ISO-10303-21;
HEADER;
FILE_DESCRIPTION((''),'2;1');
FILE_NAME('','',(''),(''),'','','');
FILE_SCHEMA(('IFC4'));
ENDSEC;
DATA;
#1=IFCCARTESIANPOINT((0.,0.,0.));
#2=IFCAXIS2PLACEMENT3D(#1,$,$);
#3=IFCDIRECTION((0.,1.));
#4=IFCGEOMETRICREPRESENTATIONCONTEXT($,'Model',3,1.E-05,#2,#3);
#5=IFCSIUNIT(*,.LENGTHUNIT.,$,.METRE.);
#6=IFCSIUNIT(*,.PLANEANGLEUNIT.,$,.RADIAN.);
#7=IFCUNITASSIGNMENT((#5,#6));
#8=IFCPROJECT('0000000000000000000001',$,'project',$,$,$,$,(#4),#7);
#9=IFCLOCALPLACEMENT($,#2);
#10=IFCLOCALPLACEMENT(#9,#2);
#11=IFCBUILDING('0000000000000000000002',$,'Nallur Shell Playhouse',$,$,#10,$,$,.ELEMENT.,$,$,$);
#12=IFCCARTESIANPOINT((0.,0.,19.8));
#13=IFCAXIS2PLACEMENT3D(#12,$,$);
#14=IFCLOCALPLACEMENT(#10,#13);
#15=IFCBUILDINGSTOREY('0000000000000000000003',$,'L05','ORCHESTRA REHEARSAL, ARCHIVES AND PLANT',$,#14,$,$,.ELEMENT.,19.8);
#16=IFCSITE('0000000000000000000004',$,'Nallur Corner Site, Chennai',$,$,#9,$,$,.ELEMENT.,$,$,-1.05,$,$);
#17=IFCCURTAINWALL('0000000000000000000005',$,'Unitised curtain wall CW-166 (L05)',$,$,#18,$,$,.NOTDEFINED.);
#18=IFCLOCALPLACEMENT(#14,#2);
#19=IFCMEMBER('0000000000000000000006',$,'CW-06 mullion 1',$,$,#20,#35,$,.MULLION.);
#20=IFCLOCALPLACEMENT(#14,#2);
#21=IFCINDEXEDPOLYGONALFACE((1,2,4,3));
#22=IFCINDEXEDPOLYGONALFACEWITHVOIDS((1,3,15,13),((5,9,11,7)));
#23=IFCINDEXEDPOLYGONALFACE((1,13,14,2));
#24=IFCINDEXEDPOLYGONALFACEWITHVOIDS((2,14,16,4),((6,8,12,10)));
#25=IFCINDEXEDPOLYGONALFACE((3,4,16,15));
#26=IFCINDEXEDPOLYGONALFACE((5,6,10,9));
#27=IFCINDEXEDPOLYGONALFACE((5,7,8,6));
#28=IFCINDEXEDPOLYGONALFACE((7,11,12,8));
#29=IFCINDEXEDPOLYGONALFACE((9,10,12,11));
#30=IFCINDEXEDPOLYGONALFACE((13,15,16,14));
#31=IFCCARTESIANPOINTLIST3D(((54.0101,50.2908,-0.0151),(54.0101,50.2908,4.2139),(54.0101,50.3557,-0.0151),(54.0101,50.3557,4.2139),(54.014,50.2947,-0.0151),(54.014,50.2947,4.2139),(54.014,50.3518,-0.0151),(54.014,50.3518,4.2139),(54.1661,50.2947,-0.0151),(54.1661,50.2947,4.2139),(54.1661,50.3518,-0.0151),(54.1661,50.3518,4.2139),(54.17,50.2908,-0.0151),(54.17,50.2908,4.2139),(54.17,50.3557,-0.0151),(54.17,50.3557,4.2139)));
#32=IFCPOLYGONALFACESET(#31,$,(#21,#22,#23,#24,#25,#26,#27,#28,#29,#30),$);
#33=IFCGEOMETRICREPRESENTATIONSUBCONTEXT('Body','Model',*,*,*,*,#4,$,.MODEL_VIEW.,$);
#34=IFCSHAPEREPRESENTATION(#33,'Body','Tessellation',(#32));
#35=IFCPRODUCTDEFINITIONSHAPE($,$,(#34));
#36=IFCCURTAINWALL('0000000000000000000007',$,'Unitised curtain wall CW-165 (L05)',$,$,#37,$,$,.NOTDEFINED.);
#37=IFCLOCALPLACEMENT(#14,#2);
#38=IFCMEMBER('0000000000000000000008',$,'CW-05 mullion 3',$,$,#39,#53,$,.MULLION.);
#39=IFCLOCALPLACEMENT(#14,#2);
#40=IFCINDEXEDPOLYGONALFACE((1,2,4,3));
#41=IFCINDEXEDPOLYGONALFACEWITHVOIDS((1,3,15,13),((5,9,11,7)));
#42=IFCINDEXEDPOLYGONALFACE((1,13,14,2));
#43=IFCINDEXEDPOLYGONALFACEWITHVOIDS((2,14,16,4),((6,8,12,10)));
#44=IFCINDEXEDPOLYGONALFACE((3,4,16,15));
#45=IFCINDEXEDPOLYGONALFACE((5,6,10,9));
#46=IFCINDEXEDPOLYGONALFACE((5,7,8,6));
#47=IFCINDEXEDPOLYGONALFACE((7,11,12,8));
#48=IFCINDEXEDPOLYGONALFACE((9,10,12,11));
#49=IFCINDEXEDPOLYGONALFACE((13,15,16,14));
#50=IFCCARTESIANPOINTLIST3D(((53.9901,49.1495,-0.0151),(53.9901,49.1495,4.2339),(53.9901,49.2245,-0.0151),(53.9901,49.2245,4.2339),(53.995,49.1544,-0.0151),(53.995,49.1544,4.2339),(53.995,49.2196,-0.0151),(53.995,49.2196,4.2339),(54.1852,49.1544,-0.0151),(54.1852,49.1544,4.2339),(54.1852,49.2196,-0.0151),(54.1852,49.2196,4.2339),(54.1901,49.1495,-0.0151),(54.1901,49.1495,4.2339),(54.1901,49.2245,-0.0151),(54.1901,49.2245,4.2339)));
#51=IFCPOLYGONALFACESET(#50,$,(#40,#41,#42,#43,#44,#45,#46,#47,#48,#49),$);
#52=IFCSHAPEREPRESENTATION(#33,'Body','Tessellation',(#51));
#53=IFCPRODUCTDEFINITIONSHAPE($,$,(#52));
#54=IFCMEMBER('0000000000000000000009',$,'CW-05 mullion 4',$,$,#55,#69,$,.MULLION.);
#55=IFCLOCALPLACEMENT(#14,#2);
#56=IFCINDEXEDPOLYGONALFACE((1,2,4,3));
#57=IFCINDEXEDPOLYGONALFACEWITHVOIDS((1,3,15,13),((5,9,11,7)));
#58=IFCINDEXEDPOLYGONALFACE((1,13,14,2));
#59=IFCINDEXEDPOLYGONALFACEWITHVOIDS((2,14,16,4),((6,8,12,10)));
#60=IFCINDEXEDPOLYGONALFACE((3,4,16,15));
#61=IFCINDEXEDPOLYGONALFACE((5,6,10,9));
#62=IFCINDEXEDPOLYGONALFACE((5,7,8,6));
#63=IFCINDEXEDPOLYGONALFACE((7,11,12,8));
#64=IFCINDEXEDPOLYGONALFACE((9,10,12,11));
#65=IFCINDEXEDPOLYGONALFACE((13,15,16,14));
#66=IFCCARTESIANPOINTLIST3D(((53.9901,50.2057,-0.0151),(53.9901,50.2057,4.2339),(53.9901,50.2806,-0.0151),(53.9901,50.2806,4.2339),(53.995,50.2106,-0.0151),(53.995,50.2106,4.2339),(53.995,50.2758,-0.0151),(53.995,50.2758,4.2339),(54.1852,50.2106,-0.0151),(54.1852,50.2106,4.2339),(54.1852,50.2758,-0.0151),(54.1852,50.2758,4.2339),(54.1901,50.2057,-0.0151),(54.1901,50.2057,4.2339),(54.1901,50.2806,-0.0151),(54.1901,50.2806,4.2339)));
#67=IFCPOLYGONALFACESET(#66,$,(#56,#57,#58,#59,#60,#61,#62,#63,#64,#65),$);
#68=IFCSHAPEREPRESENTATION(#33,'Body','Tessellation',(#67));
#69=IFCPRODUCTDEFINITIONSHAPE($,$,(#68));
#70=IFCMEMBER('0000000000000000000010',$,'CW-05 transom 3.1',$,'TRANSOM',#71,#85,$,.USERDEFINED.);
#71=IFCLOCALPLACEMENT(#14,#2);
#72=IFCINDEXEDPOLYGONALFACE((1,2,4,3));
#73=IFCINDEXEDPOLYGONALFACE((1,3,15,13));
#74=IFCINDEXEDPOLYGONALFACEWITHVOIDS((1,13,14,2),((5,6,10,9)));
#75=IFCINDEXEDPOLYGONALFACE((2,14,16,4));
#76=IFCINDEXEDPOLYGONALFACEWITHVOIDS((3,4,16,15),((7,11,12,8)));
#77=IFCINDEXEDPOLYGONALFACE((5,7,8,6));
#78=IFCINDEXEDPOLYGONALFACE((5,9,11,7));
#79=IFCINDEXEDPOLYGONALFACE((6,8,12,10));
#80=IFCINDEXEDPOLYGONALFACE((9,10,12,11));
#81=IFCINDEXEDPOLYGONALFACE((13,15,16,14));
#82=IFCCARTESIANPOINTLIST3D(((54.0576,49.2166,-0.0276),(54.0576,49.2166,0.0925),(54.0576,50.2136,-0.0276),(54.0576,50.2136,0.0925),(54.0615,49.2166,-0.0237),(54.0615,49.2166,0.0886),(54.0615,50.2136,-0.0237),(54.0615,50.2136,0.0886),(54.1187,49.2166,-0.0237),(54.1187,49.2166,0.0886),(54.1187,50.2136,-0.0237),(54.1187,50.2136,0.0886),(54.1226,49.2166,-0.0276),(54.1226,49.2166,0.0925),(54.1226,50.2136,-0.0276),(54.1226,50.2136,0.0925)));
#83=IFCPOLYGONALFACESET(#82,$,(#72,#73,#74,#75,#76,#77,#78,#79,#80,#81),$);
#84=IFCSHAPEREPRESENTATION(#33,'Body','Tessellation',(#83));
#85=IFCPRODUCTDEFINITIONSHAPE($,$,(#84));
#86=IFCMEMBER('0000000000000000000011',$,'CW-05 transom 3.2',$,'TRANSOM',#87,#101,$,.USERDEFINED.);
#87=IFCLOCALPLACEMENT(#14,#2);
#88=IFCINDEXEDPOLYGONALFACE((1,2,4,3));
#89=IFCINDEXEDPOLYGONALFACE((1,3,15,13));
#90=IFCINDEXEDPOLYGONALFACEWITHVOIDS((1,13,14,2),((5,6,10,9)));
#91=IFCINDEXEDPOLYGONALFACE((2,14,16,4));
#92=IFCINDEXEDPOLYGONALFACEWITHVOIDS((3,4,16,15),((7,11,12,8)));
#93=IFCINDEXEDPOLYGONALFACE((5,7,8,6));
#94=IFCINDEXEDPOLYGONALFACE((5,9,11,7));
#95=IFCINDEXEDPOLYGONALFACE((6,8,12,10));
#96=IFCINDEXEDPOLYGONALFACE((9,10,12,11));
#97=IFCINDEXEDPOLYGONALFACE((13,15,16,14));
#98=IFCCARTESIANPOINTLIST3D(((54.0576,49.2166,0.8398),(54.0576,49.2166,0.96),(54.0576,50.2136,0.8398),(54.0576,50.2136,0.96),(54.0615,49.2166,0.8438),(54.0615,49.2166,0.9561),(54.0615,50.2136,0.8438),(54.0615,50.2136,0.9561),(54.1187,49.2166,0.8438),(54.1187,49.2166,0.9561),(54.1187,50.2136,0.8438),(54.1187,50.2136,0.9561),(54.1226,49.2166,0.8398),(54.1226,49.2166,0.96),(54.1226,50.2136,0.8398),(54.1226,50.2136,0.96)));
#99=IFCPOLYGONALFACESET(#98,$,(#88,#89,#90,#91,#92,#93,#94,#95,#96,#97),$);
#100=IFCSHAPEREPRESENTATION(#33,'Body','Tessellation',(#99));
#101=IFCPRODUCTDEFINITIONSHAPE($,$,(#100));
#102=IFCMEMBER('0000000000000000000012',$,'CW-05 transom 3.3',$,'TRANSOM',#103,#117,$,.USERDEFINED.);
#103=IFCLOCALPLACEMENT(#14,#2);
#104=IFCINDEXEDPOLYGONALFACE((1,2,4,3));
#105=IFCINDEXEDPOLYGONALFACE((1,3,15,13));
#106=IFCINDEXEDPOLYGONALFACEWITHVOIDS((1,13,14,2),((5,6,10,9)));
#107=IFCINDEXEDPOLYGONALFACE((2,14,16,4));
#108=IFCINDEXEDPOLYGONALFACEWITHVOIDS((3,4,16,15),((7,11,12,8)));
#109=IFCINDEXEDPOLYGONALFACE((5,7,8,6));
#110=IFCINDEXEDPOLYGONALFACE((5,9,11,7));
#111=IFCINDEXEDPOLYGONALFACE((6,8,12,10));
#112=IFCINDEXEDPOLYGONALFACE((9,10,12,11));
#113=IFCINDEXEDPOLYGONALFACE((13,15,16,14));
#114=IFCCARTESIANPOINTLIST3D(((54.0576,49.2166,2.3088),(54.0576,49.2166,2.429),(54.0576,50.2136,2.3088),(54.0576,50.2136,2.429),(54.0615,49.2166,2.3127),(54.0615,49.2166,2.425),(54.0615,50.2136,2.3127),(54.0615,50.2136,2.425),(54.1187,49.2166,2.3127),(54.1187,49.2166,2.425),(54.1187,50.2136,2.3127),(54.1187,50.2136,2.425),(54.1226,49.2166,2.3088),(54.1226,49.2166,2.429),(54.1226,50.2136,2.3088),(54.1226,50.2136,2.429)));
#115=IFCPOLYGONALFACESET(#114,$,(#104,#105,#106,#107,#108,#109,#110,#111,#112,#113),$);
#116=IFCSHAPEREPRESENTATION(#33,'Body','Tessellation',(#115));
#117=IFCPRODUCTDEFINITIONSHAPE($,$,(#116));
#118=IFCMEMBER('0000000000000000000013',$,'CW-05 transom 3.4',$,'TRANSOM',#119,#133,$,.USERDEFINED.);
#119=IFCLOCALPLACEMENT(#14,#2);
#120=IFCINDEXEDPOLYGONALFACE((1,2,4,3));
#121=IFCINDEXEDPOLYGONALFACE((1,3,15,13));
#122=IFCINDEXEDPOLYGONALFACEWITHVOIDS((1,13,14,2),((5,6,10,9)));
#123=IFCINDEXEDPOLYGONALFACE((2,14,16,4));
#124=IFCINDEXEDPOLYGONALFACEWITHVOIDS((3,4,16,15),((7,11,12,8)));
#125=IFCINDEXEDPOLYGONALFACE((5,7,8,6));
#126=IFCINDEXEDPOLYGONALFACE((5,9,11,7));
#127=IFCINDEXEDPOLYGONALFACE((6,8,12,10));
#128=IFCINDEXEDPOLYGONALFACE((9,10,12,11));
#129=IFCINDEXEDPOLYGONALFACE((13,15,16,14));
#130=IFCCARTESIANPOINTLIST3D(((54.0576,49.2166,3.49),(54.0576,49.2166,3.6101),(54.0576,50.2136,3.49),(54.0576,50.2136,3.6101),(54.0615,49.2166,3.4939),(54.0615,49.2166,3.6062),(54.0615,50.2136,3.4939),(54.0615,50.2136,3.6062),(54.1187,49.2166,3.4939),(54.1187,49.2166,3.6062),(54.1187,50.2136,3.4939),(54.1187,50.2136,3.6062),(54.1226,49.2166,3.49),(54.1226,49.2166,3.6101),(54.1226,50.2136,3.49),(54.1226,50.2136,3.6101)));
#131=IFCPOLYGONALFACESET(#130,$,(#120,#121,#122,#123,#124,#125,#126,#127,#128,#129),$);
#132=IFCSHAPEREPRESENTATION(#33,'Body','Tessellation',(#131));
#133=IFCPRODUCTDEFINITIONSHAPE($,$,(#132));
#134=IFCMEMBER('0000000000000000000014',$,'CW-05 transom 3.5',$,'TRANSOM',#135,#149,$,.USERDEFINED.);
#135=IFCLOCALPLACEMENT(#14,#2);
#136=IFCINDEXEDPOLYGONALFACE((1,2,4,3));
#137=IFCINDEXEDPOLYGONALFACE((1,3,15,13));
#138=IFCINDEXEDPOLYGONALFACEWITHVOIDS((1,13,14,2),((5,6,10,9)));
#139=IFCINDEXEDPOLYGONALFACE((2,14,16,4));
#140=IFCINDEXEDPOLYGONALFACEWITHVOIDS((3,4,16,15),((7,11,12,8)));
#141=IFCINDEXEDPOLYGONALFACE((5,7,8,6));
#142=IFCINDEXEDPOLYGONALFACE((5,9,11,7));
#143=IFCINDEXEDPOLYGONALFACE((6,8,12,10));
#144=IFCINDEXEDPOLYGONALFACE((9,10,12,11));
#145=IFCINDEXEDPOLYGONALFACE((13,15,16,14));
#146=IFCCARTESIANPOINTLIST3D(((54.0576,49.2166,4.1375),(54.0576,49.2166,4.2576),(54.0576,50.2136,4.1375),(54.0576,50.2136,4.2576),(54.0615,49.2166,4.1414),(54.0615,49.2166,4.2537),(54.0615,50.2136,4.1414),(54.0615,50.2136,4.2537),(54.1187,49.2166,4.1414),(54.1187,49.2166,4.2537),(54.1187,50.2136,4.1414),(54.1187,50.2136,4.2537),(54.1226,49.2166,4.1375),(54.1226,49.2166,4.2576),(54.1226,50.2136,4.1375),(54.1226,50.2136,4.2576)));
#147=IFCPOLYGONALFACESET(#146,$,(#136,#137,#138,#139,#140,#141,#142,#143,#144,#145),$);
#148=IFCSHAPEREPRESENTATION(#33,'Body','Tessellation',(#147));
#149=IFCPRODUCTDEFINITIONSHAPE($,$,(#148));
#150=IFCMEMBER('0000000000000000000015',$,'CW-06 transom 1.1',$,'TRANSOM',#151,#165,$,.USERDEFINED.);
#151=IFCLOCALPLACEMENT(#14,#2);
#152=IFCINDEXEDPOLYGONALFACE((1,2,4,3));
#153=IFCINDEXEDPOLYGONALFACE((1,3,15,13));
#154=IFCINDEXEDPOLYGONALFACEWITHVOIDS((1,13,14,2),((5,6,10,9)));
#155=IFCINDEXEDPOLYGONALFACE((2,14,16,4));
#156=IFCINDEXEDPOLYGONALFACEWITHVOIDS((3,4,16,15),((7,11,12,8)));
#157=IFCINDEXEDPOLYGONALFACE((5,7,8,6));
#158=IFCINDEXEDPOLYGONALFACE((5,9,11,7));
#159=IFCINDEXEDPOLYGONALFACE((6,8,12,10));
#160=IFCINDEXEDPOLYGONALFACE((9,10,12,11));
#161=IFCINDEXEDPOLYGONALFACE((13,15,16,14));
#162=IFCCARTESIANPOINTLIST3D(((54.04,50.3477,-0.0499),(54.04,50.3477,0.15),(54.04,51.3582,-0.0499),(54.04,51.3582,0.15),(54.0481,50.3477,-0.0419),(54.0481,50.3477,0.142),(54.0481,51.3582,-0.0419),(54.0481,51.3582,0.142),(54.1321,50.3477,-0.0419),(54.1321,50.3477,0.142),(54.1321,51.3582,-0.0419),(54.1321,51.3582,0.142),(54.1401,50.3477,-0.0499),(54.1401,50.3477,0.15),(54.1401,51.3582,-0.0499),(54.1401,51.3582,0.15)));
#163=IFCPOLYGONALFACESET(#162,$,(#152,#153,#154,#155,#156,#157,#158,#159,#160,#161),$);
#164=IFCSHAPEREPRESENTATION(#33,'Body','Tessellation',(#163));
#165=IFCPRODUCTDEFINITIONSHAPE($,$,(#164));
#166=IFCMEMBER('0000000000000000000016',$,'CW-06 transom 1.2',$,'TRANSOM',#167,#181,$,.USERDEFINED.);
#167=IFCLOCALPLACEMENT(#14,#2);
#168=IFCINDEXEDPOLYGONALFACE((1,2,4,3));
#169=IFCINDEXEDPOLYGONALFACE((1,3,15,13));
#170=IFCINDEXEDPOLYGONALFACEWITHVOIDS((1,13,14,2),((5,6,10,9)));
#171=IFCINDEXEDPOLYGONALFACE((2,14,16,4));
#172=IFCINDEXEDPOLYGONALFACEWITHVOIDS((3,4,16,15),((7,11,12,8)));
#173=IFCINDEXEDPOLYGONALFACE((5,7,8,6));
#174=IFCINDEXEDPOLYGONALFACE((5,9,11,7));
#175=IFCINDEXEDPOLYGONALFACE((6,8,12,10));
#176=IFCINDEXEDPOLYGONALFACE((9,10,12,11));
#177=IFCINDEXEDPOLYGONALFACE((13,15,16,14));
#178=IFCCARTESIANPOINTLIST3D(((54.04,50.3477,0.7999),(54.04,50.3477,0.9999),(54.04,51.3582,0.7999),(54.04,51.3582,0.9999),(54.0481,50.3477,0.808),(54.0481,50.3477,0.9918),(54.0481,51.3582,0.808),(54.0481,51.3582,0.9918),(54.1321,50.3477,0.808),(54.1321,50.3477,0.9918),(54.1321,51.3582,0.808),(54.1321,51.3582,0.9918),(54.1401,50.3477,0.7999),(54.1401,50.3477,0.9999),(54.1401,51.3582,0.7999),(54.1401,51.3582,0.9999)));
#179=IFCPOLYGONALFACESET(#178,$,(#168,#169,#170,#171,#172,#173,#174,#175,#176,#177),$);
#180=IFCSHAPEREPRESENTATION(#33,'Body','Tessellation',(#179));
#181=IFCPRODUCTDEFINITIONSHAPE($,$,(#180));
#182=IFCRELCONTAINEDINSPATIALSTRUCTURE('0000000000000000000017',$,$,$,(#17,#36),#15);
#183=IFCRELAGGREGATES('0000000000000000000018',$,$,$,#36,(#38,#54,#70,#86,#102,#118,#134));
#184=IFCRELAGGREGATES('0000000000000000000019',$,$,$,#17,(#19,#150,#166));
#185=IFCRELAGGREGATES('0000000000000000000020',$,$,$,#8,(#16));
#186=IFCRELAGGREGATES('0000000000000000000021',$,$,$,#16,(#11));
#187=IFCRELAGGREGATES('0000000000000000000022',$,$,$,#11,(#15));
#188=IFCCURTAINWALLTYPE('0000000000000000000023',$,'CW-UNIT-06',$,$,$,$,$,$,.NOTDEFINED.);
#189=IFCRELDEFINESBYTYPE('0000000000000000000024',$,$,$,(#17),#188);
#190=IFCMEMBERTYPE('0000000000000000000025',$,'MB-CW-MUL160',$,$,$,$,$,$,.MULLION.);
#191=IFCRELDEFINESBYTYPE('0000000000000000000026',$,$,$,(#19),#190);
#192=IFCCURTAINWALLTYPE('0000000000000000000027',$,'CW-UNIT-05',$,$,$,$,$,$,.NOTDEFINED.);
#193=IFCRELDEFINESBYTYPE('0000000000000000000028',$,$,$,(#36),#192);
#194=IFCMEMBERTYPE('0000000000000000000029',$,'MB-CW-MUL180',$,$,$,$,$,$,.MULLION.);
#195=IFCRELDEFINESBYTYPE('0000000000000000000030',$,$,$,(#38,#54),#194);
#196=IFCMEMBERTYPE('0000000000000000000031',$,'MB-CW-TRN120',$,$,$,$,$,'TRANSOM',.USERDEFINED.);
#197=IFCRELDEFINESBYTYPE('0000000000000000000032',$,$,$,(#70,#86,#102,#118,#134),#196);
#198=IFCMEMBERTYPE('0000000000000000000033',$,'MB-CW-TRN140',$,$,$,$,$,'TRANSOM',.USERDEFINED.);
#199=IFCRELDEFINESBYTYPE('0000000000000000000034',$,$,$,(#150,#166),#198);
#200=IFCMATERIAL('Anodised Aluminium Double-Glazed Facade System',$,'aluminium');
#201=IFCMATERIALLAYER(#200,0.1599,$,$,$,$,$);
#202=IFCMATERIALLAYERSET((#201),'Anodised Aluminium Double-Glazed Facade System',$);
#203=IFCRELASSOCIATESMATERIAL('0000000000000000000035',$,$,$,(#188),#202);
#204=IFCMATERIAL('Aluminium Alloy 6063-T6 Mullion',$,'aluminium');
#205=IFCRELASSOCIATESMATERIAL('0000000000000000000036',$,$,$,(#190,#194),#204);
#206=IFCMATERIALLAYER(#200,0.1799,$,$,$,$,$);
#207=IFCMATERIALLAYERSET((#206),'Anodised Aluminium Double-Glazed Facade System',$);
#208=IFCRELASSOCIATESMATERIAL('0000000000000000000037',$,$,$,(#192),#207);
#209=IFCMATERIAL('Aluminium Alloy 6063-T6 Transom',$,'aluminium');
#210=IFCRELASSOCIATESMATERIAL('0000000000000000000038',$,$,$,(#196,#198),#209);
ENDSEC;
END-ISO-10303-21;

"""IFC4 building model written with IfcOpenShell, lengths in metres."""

from ifc_helpers import new_model, si_unit, direction, frame, origin, origin_2d, place, context, subcontext, project, spatial, hollow_rectangle, extrude, material, layer, layer_set, material_profile, profile_set, type_object, element, aggregate, save


model = new_model("IFC4")

# Units and contexts
model_context = context("Model", 3, precision=1e-05, world=origin(), true_north=direction((0.0, 1.0)))
body_context = subcontext(model_context, "Body", "Model", "MODEL_VIEW")
ifc_project = project(units=[si_unit("LENGTHUNIT", "METRE"), si_unit("PLANEANGLEUNIT", "RADIAN")], contexts=[model_context])

# Site, building, storey
site_placement = place(None, origin())
site = spatial("IfcSite", under=ifc_project, at=site_placement, Name="Nallur Corner Site, Chennai", CompositionType="ELEMENT", RefElevation=-1.05)
building_placement = place(site_placement, origin())
building = spatial("IfcBuilding", under=site, at=building_placement, Name="Nallur Shell Playhouse", CompositionType="ELEMENT")
storey_placement = place(building_placement, frame((0.0, 0.0, 19.8)))
storey = spatial("IfcBuildingStorey", under=building, at=storey_placement, Name="L05", Description="ORCHESTRA REHEARSAL, ARCHIVES AND PLANT", CompositionType="ELEMENT", Elevation=19.8)

# Curtain wall, member
ifc_material_1 = material(Name="Anodised Aluminium Double-Glazed Facade System", Category="aluminium")
ifc_layer_1 = layer(ifc_material_1, 0.1599)
ifc_layer_set_1 = layer_set([ifc_layer_1], Name="Anodised Aluminium Double-Glazed Facade System")
curtain_wall_type_1 = type_object("IfcCurtainWallType", Name="CW-UNIT-06", PredefinedType="NOTDEFINED", material=ifc_layer_set_1)
curtain_wall_1_placement = place(storey_placement, origin())
curtain_wall_1 = element("IfcCurtainWall", 1, at=curtain_wall_1_placement, inside=storey, type_object=curtain_wall_type_1, Name="Unitised curtain wall CW-166 (L05)", PredefinedType="NOTDEFINED")
ifc_material_2 = material(Name="Aluminium Alloy 6063-T6 Mullion", Category="aluminium")
ifc_material_profile_1 = material_profile(ifc_material_2, hollow_rectangle(XDim=0.0649, YDim=0.1599, WallThickness=0.0039, at=origin_2d()), Name="ALU 65x160x4")
ifc_profile_set_1 = profile_set([ifc_material_profile_1], Name="Aluminium Alloy 6063-T6 Mullion")
member_type_1 = type_object("IfcMemberType", Name="MB-CW-MUL160", PredefinedType="MULLION", material=ifc_profile_set_1)
member_1_placement = place(storey_placement, frame((54.0901, 50.3232, -0.0151), z_axis=(0.0, 0.0, 1.0), x_axis=(0.0, 1.0, 0.0)))
member_1 = element("IfcMember", 2, at=member_1_placement, type_object=member_type_1, Name="CW-06 mullion 1", PredefinedType="MULLION", context=body_context, shape_type="SweptSolid", body=[
    extrude(hollow_rectangle(XDim=0.0649, YDim=0.1599, WallThickness=0.0039, at=origin_2d()), origin(), (0.0, 0.0, 1.0), 4.229),
])

# Curtain wall, members
ifc_layer_2 = layer(ifc_material_1, 0.1799)
ifc_layer_set_2 = layer_set([ifc_layer_2], Name="Anodised Aluminium Double-Glazed Facade System")
curtain_wall_type_2 = type_object("IfcCurtainWallType", Name="CW-UNIT-05", PredefinedType="NOTDEFINED", material=ifc_layer_set_2)
curtain_wall_2_placement = place(storey_placement, origin())
curtain_wall_2 = element("IfcCurtainWall", 3, at=curtain_wall_2_placement, inside=storey, type_object=curtain_wall_type_2, Name="Unitised curtain wall CW-165 (L05)", PredefinedType="NOTDEFINED")
ifc_material_profile_2 = material_profile(ifc_material_2, hollow_rectangle(XDim=0.075, YDim=0.2, WallThickness=0.0049, at=origin_2d()), Name="ALU 75x200x5")
ifc_profile_set_2 = profile_set([ifc_material_profile_2], Name="Aluminium Alloy 6063-T6 Mullion")
member_type_2 = type_object("IfcMemberType", Name="MB-CW-MUL180", PredefinedType="MULLION", material=ifc_profile_set_2)
member_2_placement = place(storey_placement, frame((54.0901, 49.187, -0.0151), z_axis=(0.0, 0.0, 1.0), x_axis=(0.0, 1.0, 0.0)))
member_2 = element("IfcMember", 4, at=member_2_placement, type_object=member_type_2, Name="CW-05 mullion 3", PredefinedType="MULLION", context=body_context, shape_type="SweptSolid", body=[
    extrude(hollow_rectangle(XDim=0.075, YDim=0.2, WallThickness=0.0049, at=origin_2d()), origin(), (0.0, 0.0, 1.0), 4.249),
])
member_3_placement = place(storey_placement, frame((54.0901, 50.2432, -0.0151), z_axis=(0.0, 0.0, 1.0), x_axis=(0.0, 1.0, 0.0)))
member_3 = element("IfcMember", 5, at=member_3_placement, type_object=member_type_2, Name="CW-05 mullion 4", PredefinedType="MULLION", context=body_context, shape_type="SweptSolid", body=[
    extrude(hollow_rectangle(XDim=0.075, YDim=0.2, WallThickness=0.0049, at=origin_2d()), origin(), (0.0, 0.0, 1.0), 4.249),
])
ifc_material_3 = material(Name="Aluminium Alloy 6063-T6 Transom", Category="aluminium")
ifc_material_profile_3 = material_profile(ifc_material_3, hollow_rectangle(XDim=0.0649, YDim=0.1201, WallThickness=0.0039, at=origin_2d()), Name="ALU 65x120x4")
ifc_profile_set_3 = profile_set([ifc_material_profile_3], Name="Aluminium Alloy 6063-T6 Transom")
member_type_3 = type_object("IfcMemberType", Name="MB-CW-TRN120", ElementType="TRANSOM", PredefinedType="USERDEFINED", material=ifc_profile_set_3)
member_4_placement = place(storey_placement, frame((54.0901, 49.2166, 0.0325), z_axis=(0.0, 1.0, 0.0), x_axis=(-1.0, 0.0, 0.0)))
member_4 = element("IfcMember", 6, at=member_4_placement, type_object=member_type_3, Name="CW-05 transom 3.1", ObjectType="TRANSOM", PredefinedType="USERDEFINED", context=body_context, shape_type="SweptSolid", body=[
    extrude(hollow_rectangle(XDim=0.0649, YDim=0.1201, WallThickness=0.0039, at=origin_2d()), origin(), (0.0, 0.0, 1.0), 0.9971),
])
member_5_placement = place(storey_placement, frame((54.0901, 49.2166, 0.8999), z_axis=(0.0, 1.0, 0.0), x_axis=(-1.0, 0.0, 0.0)))
member_5 = element("IfcMember", 7, at=member_5_placement, type_object=member_type_3, Name="CW-05 transom 3.2", ObjectType="TRANSOM", PredefinedType="USERDEFINED", context=body_context, shape_type="SweptSolid", body=[
    extrude(hollow_rectangle(XDim=0.0649, YDim=0.1201, WallThickness=0.0039, at=origin_2d()), origin(), (0.0, 0.0, 1.0), 0.9971),
])
member_6_placement = place(storey_placement, frame((54.0901, 49.2166, 2.3689), z_axis=(0.0, 1.0, 0.0), x_axis=(-1.0, 0.0, 0.0)))
member_6 = element("IfcMember", 8, at=member_6_placement, type_object=member_type_3, Name="CW-05 transom 3.3", ObjectType="TRANSOM", PredefinedType="USERDEFINED", context=body_context, shape_type="SweptSolid", body=[
    extrude(hollow_rectangle(XDim=0.0649, YDim=0.1201, WallThickness=0.0039, at=origin_2d()), origin(), (0.0, 0.0, 1.0), 0.9971),
])
member_7_placement = place(storey_placement, frame((54.0901, 49.2166, 3.55), z_axis=(0.0, 1.0, 0.0), x_axis=(-1.0, 0.0, 0.0)))
member_7 = element("IfcMember", 9, at=member_7_placement, type_object=member_type_3, Name="CW-05 transom 3.4", ObjectType="TRANSOM", PredefinedType="USERDEFINED", context=body_context, shape_type="SweptSolid", body=[
    extrude(hollow_rectangle(XDim=0.0649, YDim=0.1201, WallThickness=0.0039, at=origin_2d()), origin(), (0.0, 0.0, 1.0), 0.9971),
])
member_8_placement = place(storey_placement, frame((54.0901, 49.2166, 4.1975), z_axis=(0.0, 1.0, 0.0), x_axis=(-1.0, 0.0, 0.0)))
member_8 = element("IfcMember", 10, at=member_8_placement, type_object=member_type_3, Name="CW-05 transom 3.5", ObjectType="TRANSOM", PredefinedType="USERDEFINED", context=body_context, shape_type="SweptSolid", body=[
    extrude(hollow_rectangle(XDim=0.0649, YDim=0.1201, WallThickness=0.0039, at=origin_2d()), origin(), (0.0, 0.0, 1.0), 0.9971),
])

# Members
ifc_material_profile_4 = material_profile(ifc_material_3, hollow_rectangle(XDim=0.1001, YDim=0.2, WallThickness=0.0081, at=origin_2d()), Name="RHS 200x100x8")
ifc_profile_set_4 = profile_set([ifc_material_profile_4], Name="Aluminium Alloy 6063-T6 Transom")
member_type_4 = type_object("IfcMemberType", Name="MB-CW-TRN140", ElementType="TRANSOM", PredefinedType="USERDEFINED", material=ifc_profile_set_4)
member_9_placement = place(storey_placement, frame((54.0901, 50.3477, 0.05), z_axis=(0.0, 1.0, 0.0), x_axis=(-1.0, 0.0, 0.0)))
member_9 = element("IfcMember", 11, at=member_9_placement, type_object=member_type_4, Name="CW-06 transom 1.1", ObjectType="TRANSOM", PredefinedType="USERDEFINED", context=body_context, shape_type="SweptSolid", body=[
    extrude(hollow_rectangle(XDim=0.1001, YDim=0.2, WallThickness=0.0081, at=origin_2d()), origin(), (0.0, 0.0, 1.0), 1.0105),
])
member_10_placement = place(storey_placement, frame((54.0901, 50.3477, 0.8999), z_axis=(0.0, 1.0, 0.0), x_axis=(-1.0, 0.0, 0.0)))
member_10 = element("IfcMember", 12, at=member_10_placement, type_object=member_type_4, Name="CW-06 transom 1.2", ObjectType="TRANSOM", PredefinedType="USERDEFINED", context=body_context, shape_type="SweptSolid", body=[
    extrude(hollow_rectangle(XDim=0.1001, YDim=0.2, WallThickness=0.0081, at=origin_2d()), origin(), (0.0, 0.0, 1.0), 1.0105),
])

aggregate(curtain_wall_2, [member_2, member_3, member_4, member_5, member_6, member_7, member_8])
aggregate(curtain_wall_1, [member_1, member_9, member_10])

save(model, "model.ifc")
